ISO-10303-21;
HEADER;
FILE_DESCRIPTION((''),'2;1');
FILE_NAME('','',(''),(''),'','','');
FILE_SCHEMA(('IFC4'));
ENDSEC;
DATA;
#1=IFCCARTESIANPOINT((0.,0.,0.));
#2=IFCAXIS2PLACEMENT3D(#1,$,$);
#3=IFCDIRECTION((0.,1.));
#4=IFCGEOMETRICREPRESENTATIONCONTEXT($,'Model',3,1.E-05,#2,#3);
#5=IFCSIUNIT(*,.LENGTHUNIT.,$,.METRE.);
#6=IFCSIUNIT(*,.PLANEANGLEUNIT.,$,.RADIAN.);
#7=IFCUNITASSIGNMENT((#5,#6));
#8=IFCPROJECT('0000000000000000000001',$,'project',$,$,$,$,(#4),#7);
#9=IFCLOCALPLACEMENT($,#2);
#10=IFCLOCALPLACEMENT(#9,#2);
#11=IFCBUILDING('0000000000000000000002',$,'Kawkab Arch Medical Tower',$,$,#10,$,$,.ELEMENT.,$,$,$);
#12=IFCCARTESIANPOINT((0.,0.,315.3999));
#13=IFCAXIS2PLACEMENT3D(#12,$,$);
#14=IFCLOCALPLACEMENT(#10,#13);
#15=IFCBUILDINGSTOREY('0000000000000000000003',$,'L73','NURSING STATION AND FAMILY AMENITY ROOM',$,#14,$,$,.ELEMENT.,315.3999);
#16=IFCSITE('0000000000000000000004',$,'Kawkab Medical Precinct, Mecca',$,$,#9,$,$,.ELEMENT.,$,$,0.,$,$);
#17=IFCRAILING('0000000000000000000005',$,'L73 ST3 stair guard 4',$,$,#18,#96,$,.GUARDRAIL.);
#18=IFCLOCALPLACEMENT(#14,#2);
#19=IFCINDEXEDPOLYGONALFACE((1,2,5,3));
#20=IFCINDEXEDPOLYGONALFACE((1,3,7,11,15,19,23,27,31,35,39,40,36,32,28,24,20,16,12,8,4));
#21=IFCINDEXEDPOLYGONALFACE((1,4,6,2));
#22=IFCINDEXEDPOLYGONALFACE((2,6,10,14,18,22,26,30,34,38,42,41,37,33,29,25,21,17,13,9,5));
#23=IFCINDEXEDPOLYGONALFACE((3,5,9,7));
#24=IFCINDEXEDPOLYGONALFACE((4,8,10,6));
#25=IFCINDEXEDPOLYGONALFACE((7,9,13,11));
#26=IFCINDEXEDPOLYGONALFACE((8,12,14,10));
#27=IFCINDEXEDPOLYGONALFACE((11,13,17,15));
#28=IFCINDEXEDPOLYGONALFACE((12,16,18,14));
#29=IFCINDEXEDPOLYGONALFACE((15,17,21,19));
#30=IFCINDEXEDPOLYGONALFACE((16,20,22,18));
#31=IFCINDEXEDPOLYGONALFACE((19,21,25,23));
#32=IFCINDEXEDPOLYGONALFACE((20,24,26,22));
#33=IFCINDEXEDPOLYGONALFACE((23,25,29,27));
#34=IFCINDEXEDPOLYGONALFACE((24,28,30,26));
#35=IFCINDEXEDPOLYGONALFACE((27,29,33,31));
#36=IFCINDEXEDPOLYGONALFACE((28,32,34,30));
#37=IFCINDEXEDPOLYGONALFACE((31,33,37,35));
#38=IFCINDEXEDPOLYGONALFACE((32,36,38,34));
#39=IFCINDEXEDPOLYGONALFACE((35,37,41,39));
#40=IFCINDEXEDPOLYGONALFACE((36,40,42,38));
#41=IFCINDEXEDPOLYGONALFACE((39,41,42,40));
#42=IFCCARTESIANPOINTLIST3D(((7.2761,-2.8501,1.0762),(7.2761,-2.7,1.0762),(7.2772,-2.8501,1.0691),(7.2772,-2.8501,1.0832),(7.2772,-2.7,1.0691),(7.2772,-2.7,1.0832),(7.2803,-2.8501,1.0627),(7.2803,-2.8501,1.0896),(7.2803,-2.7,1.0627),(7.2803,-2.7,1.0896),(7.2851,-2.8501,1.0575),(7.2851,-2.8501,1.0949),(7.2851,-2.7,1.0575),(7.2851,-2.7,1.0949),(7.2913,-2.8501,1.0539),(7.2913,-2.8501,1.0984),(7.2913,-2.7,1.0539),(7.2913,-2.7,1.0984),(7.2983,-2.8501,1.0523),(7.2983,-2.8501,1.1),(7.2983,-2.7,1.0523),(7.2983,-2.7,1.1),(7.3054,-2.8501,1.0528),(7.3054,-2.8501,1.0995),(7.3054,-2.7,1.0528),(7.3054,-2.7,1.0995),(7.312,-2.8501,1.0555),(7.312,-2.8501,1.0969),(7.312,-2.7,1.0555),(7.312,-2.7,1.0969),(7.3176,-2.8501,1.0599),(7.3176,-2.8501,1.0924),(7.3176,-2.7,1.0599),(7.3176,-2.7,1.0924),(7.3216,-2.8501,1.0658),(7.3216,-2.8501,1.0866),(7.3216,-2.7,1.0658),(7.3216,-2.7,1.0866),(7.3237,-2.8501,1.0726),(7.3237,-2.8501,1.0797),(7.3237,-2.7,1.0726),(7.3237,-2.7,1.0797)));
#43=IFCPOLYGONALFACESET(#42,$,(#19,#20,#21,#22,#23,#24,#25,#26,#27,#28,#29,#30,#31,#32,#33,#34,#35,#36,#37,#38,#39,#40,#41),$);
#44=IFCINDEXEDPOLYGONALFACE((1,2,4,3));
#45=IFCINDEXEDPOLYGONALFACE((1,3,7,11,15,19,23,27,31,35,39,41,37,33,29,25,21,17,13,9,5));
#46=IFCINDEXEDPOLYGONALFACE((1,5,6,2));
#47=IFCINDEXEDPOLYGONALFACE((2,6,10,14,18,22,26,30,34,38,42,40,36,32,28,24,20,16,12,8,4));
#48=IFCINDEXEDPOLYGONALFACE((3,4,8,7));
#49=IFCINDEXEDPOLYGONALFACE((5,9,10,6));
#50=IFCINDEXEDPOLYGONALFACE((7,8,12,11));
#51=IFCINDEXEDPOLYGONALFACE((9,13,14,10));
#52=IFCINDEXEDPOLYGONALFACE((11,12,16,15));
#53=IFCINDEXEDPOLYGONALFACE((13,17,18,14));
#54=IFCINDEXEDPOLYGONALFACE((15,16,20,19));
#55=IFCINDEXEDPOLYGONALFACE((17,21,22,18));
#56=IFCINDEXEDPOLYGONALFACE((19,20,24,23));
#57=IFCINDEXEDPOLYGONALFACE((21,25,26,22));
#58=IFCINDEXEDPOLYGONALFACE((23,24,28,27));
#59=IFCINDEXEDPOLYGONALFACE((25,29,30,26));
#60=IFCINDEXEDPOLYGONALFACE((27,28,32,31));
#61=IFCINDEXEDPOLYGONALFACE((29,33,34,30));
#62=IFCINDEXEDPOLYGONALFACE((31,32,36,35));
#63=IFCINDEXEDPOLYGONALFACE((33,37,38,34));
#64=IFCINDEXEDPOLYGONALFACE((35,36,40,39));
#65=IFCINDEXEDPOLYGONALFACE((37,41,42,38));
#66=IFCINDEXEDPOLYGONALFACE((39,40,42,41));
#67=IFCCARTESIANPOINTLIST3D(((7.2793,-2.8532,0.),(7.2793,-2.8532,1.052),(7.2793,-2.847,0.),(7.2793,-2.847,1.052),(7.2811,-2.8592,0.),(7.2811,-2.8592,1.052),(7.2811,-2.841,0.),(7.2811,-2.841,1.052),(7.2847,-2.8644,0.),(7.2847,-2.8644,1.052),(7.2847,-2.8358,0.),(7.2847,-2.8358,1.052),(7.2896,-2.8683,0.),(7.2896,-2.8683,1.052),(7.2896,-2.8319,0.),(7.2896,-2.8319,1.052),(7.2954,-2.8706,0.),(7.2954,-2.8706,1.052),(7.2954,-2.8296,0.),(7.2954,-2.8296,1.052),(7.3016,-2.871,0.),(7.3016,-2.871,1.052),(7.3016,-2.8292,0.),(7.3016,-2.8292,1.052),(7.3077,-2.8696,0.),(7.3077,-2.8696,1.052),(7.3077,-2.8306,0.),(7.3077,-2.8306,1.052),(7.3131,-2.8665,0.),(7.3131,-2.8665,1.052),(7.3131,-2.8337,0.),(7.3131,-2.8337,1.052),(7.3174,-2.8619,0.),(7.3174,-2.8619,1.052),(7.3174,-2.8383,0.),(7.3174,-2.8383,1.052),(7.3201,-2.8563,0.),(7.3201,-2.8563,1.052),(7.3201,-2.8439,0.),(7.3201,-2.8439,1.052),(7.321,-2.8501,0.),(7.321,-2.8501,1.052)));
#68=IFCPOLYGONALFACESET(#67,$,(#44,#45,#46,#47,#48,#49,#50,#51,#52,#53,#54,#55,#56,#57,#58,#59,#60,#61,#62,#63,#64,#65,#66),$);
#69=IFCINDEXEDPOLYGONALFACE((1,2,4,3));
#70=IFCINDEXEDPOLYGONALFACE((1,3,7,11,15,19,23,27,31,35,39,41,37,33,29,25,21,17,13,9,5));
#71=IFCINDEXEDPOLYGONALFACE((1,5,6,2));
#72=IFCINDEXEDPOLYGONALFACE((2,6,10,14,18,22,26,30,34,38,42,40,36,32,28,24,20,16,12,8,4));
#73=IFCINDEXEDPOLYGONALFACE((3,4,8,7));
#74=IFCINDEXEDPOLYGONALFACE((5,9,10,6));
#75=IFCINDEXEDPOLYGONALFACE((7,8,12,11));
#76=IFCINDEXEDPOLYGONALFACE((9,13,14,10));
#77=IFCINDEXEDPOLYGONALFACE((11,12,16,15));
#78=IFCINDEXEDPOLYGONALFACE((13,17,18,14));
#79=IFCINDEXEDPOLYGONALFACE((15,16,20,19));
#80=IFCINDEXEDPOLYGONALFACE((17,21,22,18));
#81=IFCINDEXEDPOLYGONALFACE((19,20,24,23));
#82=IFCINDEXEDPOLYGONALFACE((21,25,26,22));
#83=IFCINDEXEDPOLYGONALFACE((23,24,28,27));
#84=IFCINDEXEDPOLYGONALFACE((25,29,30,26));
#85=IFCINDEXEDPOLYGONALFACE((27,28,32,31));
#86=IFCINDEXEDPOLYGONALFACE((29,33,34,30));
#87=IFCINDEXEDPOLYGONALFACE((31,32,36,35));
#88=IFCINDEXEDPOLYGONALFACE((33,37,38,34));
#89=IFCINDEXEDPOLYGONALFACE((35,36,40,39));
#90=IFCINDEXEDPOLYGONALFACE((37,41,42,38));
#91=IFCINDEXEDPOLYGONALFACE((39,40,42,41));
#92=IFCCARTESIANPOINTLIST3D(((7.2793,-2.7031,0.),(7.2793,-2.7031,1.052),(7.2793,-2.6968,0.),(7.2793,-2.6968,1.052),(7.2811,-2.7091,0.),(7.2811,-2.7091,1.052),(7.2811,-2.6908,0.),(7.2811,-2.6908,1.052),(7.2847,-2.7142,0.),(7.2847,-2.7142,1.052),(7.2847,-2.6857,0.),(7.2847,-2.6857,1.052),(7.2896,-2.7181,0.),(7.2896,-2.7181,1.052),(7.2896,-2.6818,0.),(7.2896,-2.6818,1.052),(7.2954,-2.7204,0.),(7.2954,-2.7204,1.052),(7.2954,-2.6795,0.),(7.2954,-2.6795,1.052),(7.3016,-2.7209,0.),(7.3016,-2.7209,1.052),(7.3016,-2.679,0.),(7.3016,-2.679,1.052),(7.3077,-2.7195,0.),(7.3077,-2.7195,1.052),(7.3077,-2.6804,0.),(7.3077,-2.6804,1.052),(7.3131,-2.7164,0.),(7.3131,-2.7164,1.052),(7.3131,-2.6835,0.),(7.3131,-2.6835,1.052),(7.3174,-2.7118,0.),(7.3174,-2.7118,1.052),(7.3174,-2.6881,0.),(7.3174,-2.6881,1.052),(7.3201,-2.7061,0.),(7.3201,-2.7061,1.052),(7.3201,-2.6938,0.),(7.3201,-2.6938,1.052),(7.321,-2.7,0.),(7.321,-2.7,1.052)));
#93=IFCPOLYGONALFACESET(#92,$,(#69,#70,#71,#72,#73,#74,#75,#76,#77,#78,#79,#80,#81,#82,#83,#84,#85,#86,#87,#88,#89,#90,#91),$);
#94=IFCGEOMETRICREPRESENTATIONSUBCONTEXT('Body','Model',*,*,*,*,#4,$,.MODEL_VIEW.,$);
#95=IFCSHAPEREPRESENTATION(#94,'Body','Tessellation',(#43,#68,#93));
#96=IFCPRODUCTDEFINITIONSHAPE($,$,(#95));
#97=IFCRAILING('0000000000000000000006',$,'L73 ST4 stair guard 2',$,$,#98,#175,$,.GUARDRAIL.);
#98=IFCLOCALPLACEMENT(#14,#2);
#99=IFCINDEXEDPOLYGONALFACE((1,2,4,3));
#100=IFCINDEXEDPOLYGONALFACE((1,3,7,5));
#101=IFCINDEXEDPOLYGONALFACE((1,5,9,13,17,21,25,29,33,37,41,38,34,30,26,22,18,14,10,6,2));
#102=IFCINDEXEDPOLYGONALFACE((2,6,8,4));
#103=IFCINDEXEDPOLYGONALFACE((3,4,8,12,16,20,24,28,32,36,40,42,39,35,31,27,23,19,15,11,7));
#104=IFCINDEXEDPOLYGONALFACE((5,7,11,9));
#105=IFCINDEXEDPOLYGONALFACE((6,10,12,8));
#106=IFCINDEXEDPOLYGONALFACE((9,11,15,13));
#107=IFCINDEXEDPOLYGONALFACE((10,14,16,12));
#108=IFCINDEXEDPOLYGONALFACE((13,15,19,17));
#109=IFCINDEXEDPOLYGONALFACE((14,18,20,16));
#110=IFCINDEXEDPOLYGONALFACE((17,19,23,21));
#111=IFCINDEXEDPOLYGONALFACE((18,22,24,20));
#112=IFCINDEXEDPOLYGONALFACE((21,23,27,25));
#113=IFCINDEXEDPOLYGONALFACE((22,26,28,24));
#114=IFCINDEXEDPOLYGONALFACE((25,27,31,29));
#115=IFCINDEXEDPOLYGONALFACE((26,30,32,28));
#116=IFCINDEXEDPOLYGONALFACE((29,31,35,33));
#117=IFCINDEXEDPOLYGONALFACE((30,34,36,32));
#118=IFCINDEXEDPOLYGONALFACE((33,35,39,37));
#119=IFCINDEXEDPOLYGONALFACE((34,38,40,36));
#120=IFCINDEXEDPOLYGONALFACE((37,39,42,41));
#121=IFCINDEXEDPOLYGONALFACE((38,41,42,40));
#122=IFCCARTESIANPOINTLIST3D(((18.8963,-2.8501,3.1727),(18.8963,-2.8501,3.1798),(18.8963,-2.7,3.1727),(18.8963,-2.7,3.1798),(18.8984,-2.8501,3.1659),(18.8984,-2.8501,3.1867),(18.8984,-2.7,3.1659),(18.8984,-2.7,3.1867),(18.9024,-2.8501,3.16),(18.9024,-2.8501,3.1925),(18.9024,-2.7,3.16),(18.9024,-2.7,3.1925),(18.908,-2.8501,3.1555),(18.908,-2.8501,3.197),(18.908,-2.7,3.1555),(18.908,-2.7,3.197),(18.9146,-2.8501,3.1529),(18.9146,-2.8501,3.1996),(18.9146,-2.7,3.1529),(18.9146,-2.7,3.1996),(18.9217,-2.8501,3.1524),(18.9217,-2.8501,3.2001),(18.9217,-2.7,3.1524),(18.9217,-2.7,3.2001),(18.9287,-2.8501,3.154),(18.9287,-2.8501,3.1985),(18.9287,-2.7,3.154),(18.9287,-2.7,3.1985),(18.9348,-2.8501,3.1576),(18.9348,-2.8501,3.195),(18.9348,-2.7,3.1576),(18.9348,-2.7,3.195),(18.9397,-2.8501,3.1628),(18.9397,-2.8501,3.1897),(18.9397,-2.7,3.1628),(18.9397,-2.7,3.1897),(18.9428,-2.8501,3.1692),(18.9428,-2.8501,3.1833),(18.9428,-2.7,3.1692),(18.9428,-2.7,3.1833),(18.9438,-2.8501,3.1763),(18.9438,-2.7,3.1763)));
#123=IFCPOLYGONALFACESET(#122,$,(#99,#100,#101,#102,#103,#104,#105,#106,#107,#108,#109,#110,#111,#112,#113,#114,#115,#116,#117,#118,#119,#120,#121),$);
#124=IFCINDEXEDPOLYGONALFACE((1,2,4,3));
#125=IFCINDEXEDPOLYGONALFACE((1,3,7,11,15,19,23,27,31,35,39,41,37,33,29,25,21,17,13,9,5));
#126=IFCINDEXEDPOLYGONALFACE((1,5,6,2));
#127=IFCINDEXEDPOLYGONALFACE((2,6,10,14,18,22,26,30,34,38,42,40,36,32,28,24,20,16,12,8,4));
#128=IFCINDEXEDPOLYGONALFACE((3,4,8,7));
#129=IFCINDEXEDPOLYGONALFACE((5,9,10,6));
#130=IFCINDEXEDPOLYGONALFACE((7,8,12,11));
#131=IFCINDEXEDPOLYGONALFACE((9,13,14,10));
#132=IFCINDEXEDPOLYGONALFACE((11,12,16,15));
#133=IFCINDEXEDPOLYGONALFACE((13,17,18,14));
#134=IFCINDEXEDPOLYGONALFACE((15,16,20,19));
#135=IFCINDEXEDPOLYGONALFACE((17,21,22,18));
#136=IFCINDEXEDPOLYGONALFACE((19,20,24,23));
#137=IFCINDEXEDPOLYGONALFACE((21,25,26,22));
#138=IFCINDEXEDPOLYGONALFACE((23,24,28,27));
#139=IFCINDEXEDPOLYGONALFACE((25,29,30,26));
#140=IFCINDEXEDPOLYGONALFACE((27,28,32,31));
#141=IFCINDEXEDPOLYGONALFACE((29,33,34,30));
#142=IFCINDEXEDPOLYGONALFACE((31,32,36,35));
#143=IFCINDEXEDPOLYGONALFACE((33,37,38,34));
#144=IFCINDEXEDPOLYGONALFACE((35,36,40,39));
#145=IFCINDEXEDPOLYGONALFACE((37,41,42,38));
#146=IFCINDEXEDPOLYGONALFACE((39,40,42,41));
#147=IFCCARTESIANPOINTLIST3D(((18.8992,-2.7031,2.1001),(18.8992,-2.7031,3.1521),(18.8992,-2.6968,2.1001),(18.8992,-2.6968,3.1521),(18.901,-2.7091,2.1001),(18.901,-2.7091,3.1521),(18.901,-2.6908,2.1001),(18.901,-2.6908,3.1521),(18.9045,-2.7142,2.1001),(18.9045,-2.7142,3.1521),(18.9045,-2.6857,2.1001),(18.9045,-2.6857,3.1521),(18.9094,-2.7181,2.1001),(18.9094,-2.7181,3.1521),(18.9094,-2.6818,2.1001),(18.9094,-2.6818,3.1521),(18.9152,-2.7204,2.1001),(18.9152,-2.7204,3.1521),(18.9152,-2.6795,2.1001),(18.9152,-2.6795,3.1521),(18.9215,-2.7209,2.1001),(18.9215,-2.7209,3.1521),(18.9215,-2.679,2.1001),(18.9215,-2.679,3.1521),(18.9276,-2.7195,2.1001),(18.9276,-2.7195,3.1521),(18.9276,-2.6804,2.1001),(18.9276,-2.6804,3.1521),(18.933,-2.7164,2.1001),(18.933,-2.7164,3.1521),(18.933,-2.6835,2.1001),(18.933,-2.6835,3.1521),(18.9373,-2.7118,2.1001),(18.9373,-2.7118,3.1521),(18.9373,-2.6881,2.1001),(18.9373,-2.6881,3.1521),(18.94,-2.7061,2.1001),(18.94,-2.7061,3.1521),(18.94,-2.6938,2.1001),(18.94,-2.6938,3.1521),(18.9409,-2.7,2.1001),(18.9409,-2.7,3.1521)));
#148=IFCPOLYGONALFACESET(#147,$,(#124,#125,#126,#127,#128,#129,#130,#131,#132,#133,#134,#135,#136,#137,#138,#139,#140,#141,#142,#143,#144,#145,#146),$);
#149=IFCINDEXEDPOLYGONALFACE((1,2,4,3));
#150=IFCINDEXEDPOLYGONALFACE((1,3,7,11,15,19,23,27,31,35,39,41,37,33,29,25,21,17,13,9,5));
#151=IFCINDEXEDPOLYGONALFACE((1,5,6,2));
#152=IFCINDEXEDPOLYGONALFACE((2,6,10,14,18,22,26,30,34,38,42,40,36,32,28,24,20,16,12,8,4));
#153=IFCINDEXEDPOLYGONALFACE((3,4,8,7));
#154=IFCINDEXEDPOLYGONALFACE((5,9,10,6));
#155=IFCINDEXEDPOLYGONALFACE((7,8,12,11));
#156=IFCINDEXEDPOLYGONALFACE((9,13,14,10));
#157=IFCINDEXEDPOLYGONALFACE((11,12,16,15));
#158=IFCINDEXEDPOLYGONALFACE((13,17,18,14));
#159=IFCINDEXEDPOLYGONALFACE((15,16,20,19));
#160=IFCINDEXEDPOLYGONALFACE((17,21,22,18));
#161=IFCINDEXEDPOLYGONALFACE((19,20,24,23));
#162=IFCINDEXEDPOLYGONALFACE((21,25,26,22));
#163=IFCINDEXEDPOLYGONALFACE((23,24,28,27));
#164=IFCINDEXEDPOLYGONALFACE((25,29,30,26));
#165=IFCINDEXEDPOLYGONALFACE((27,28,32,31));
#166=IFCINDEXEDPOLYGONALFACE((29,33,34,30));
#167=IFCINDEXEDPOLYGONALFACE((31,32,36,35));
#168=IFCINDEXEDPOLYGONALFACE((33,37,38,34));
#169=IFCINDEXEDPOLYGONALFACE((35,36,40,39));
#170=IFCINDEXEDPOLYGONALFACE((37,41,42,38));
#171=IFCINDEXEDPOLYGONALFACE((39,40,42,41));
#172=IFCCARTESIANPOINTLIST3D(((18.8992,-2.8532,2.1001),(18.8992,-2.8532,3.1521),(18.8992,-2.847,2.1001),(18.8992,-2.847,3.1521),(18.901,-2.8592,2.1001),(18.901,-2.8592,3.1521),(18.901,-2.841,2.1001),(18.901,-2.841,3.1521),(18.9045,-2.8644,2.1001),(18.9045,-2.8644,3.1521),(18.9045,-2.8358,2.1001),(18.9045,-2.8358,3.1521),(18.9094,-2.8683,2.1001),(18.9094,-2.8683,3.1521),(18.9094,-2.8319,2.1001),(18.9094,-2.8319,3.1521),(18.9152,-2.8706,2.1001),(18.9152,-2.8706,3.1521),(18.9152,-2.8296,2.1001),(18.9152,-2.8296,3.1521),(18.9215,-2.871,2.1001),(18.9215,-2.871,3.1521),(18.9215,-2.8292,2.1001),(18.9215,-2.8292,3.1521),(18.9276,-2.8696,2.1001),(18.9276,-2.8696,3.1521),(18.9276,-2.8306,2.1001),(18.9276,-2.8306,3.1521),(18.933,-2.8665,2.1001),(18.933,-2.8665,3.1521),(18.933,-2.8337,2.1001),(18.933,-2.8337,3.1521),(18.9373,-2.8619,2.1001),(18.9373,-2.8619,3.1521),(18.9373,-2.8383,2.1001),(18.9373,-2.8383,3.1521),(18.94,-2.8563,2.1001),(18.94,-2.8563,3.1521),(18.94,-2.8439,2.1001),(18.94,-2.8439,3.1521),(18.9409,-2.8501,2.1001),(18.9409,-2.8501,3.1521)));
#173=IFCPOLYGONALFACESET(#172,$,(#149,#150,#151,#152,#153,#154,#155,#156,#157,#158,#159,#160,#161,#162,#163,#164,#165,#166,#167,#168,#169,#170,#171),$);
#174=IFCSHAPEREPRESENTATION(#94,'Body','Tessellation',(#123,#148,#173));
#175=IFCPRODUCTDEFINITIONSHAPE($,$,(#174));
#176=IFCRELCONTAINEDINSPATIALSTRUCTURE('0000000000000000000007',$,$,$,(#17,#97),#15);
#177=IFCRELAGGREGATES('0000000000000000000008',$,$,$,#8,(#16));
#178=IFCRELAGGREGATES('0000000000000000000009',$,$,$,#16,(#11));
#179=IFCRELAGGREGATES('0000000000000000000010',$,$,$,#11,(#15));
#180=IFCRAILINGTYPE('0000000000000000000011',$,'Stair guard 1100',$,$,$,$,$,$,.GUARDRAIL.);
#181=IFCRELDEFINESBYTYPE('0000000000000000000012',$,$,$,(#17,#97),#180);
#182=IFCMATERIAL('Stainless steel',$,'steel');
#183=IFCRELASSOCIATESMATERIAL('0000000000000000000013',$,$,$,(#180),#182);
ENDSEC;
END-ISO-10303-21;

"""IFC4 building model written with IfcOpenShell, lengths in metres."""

from ifc_helpers import new_model, si_unit, direction, frame, origin, origin_2d, place, context, subcontext, project, spatial, circle, extrude, material, type_object, element, save


model = new_model("IFC4")

# Units and contexts
model_context = context("Model", 3, precision=1e-05, world=origin(), true_north=direction((0.0, 1.0)))
body_context = subcontext(model_context, "Body", "Model", "MODEL_VIEW")
ifc_project = project(units=[si_unit("LENGTHUNIT", "METRE"), si_unit("PLANEANGLEUNIT", "RADIAN")], contexts=[model_context])

# Site, building, storey
site_placement = place(None, origin())
site = spatial("IfcSite", under=ifc_project, at=site_placement, Name="Kawkab Medical Precinct, Mecca", CompositionType="ELEMENT", RefElevation=0.0)
building_placement = place(site_placement, origin())
building = spatial("IfcBuilding", under=site, at=building_placement, Name="Kawkab Arch Medical Tower", CompositionType="ELEMENT")
storey_placement = place(building_placement, frame((0.0, 0.0, 315.3999)))
storey = spatial("IfcBuildingStorey", under=building, at=storey_placement, Name="L73", Description="NURSING STATION AND FAMILY AMENITY ROOM", CompositionType="ELEMENT", Elevation=315.3999)

# Railings
ifc_material_1 = material(Name="Stainless steel", Category="steel")
railing_type = type_object("IfcRailingType", Name="Stair guard 1100", PredefinedType="GUARDRAIL", material=ifc_material_1)
railing_1_placement = place(storey_placement, frame((7.3, -2.8501, 0.0)))
element("IfcRailing", 1, at=railing_1_placement, inside=storey, type_object=railing_type, Name="L73 ST3 stair guard 4", PredefinedType="GUARDRAIL", context=body_context, shape_type="SweptSolid", body=[
    extrude(circle(Radius=0.0239, at=origin_2d()), frame((0.0, 0.0, 1.0762), z_axis=(0.0, 1.0, 0.0), x_axis=(-1.0, 0.0, 0.0)), (0.0, 0.0, 1.0), 0.1501),
    extrude(circle(Radius=0.021, at=origin_2d()), origin(), (0.0, 0.0, 1.0), 1.052),
    extrude(circle(Radius=0.021, at=origin_2d()), frame((0.0, 0.1501, 0.0)), (0.0, 0.0, 1.0), 1.052),
])
railing_2_placement = place(storey_placement, frame((18.9199, -2.7, 2.1001)))
element("IfcRailing", 2, at=railing_2_placement, inside=storey, type_object=railing_type, Name="L73 ST4 stair guard 2", PredefinedType="GUARDRAIL", context=body_context, shape_type="SweptSolid", body=[
    extrude(circle(Radius=0.0239, at=origin_2d()), frame((0.0, 0.0, 1.0762), z_axis=(0.0, -1.0, 0.0), x_axis=(1.0, 0.0, 0.0)), (0.0, 0.0, 1.0), 0.1501),
    extrude(circle(Radius=0.021, at=origin_2d()), origin(), (0.0, 0.0, 1.0), 1.052),
    extrude(circle(Radius=0.021, at=origin_2d()), frame((0.0, -0.1501, 0.0)), (0.0, 0.0, 1.0), 1.052),
])

save(model, "model.ifc")
